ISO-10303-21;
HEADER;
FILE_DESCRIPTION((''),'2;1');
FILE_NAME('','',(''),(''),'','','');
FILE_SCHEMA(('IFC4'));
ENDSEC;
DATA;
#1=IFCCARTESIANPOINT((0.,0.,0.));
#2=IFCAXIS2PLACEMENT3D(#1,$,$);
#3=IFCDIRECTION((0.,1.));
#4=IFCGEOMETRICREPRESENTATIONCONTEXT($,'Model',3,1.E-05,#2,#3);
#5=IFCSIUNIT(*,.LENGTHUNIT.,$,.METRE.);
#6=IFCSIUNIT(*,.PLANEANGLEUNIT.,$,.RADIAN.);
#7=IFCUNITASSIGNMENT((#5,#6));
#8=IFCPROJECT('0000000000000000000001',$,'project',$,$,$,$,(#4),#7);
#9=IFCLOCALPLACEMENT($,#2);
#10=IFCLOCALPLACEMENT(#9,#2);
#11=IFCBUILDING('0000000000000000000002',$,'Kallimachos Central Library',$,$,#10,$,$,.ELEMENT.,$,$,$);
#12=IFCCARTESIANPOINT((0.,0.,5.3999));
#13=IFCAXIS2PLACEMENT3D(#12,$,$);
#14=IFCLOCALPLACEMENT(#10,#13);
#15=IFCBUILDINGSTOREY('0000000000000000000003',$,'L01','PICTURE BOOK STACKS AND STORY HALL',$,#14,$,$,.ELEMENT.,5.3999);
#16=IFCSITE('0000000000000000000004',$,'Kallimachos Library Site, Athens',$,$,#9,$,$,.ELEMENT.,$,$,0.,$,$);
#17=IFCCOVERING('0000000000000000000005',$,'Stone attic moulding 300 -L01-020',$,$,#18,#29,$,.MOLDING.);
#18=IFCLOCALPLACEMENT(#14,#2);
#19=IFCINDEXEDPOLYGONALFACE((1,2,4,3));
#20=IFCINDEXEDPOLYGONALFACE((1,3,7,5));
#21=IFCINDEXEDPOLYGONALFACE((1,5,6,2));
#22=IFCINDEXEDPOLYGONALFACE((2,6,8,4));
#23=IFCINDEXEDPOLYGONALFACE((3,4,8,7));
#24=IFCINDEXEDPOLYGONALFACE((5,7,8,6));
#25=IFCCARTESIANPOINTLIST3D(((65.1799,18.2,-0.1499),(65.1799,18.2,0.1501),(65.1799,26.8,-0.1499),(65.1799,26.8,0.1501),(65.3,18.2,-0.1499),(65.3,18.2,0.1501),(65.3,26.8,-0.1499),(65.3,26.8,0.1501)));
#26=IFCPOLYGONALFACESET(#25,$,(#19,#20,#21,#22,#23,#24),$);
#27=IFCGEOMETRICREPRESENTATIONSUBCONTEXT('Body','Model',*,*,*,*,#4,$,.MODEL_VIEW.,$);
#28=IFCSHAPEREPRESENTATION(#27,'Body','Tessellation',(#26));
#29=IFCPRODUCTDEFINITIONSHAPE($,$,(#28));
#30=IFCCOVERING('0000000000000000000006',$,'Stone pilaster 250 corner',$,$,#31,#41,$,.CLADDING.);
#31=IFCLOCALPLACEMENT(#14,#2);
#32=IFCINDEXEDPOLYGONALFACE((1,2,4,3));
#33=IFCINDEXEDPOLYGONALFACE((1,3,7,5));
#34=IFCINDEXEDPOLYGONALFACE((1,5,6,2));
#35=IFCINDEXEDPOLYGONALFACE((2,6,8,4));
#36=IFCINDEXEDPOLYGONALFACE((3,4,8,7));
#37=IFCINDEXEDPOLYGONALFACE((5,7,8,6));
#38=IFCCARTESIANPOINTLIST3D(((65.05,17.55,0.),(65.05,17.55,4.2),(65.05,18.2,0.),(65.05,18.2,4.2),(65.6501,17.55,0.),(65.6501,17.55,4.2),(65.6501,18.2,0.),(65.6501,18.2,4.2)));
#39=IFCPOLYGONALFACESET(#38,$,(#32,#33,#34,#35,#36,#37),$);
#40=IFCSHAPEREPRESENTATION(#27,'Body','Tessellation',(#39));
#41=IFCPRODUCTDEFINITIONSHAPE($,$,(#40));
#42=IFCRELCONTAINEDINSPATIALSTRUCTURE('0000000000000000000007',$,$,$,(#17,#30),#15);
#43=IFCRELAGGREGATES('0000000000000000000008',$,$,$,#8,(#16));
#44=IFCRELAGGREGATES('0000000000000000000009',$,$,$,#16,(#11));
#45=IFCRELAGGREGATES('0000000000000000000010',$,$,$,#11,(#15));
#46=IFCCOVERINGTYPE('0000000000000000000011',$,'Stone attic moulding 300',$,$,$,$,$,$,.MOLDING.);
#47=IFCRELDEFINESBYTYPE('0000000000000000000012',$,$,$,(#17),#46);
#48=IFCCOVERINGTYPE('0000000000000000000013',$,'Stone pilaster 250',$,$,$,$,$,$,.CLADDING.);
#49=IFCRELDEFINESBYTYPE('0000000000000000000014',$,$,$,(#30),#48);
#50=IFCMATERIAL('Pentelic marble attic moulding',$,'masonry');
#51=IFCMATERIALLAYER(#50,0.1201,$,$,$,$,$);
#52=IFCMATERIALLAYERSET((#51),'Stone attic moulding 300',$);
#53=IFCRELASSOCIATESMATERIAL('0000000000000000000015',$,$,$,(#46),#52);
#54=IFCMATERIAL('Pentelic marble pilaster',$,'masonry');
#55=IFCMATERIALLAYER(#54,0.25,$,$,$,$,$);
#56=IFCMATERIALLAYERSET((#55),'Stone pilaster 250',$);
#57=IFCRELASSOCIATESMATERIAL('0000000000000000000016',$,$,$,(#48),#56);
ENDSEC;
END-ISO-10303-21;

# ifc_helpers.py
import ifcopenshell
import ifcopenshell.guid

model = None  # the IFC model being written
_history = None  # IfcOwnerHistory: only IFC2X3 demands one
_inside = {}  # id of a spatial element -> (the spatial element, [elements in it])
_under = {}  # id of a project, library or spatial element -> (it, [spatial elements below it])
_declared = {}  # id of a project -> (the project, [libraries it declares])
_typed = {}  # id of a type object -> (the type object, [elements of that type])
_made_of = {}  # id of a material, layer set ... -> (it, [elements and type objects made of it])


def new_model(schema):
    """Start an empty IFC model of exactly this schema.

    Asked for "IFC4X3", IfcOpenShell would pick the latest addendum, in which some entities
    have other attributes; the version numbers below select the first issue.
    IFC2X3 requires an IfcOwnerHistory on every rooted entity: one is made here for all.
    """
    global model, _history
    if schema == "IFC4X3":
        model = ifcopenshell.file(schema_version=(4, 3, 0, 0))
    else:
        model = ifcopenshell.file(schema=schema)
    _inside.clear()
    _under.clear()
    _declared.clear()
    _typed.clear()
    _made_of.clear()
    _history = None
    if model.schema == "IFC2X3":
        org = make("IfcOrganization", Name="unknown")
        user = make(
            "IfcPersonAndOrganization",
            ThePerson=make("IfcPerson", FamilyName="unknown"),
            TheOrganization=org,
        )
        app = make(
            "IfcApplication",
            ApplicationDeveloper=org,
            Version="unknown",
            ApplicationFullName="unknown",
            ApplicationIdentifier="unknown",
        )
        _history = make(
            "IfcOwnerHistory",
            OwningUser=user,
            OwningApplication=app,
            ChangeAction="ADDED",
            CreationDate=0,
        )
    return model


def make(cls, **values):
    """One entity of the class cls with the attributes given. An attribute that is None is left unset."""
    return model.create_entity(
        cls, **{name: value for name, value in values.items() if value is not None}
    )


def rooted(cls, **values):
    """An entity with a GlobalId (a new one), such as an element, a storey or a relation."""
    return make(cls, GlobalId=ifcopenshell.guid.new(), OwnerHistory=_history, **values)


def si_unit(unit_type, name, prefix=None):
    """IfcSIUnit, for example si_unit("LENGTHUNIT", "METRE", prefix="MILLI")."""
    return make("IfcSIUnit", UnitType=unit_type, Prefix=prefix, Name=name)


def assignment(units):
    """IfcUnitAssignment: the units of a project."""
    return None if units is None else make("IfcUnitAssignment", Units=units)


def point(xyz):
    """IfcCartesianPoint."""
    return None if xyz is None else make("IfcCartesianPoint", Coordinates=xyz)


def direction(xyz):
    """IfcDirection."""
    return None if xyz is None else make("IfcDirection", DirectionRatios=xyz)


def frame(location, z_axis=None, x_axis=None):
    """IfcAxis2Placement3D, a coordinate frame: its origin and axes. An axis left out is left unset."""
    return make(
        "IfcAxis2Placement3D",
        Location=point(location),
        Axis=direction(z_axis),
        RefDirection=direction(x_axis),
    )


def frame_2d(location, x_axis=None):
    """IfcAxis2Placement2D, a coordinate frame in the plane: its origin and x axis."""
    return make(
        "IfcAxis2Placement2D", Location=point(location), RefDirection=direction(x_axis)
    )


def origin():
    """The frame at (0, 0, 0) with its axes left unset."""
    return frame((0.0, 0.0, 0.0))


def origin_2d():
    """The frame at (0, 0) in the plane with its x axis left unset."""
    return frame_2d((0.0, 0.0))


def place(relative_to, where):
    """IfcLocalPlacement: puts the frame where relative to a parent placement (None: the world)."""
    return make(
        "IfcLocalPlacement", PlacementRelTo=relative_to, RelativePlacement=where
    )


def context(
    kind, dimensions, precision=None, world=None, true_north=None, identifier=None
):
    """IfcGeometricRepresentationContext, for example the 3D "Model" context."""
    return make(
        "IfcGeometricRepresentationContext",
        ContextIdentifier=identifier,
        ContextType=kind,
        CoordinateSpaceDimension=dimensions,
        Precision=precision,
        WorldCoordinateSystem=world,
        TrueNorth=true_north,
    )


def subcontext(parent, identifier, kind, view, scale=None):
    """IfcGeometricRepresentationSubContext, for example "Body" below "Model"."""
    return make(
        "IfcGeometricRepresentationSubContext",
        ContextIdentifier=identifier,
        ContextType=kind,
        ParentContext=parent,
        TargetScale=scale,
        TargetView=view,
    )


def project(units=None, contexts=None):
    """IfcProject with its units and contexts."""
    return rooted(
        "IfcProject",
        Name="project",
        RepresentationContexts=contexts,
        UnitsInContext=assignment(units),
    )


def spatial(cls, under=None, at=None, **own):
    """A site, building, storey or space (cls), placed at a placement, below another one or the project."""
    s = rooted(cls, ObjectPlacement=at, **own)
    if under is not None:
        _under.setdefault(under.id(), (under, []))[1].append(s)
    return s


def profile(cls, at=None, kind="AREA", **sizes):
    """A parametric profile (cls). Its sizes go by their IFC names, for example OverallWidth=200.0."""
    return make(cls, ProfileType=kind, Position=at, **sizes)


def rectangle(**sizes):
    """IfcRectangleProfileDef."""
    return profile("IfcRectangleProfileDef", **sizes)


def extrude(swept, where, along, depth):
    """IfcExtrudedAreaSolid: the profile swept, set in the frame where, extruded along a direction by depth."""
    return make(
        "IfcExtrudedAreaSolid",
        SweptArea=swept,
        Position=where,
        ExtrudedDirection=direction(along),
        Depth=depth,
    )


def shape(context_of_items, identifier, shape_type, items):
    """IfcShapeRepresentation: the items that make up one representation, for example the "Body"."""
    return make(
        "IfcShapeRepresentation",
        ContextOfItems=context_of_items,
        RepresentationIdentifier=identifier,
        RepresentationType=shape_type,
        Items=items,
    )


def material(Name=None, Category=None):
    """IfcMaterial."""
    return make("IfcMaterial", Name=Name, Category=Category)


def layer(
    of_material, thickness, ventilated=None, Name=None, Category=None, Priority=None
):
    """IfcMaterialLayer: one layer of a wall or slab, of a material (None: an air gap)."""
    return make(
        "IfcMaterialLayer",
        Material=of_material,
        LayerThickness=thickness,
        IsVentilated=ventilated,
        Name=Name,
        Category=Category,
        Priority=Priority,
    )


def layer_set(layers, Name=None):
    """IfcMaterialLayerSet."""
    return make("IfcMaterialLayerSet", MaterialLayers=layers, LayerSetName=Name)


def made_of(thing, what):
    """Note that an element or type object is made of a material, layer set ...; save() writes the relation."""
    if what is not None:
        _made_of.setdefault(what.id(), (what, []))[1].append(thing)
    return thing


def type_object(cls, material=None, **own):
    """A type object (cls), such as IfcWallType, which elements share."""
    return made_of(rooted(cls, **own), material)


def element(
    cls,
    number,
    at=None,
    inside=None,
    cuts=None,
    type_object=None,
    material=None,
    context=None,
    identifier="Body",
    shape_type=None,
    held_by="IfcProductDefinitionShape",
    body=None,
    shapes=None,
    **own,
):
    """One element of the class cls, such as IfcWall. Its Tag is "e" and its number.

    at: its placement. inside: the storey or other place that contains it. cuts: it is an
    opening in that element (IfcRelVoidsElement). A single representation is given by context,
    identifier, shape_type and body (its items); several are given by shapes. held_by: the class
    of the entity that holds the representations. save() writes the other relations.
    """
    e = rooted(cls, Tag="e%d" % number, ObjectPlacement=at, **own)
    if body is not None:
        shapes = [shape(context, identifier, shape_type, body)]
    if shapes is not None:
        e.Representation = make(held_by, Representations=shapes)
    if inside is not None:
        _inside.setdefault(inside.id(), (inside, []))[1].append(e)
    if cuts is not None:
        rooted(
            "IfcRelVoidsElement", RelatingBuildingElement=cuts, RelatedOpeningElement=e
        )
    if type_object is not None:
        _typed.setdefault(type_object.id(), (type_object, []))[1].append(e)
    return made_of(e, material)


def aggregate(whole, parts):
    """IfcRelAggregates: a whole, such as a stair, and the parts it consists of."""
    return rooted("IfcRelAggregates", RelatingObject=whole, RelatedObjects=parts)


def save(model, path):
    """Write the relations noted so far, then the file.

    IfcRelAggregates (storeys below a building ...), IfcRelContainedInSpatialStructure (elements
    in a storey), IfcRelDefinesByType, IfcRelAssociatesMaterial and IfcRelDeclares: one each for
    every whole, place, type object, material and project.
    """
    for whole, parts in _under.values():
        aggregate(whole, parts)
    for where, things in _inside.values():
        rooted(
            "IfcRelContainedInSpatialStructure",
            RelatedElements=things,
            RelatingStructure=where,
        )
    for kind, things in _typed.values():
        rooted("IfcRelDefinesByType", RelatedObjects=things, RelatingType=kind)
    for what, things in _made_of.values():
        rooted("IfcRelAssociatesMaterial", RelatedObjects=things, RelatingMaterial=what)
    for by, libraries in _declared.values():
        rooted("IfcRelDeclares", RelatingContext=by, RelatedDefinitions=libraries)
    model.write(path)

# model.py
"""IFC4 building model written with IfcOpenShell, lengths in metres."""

from ifc_helpers import new_model, si_unit, direction, frame, origin, origin_2d, place, context, subcontext, project, spatial, rectangle, extrude, material, layer, layer_set, type_object, element, save


model = new_model("IFC4")

# Units and contexts
model_context = context("Model", 3, precision=1e-05, world=origin(), true_north=direction((0.0, 1.0)))
body_context = subcontext(model_context, "Body", "Model", "MODEL_VIEW")
ifc_project = project(units=[si_unit("LENGTHUNIT", "METRE"), si_unit("PLANEANGLEUNIT", "RADIAN")], contexts=[model_context])

# Site, building, storey
site_placement = place(None, origin())
site = spatial("IfcSite", under=ifc_project, at=site_placement, Name="Kallimachos Library Site, Athens", CompositionType="ELEMENT", RefElevation=0.0)
building_placement = place(site_placement, origin())
building = spatial("IfcBuilding", under=site, at=building_placement, Name="Kallimachos Central Library", CompositionType="ELEMENT")
storey_placement = place(building_placement, frame((0.0, 0.0, 5.3999)))
storey = spatial("IfcBuildingStorey", under=building, at=storey_placement, Name="L01", Description="PICTURE BOOK STACKS AND STORY HALL", CompositionType="ELEMENT", Elevation=5.3999)

# Coverings
ifc_material_1 = material(Name="Pentelic marble attic moulding", Category="masonry")
ifc_layer_1 = layer(ifc_material_1, 0.1201)
ifc_layer_set_1 = layer_set([ifc_layer_1], Name="Stone attic moulding 300")
covering_type_1 = type_object("IfcCoveringType", Name="Stone attic moulding 300", PredefinedType="MOLDING", material=ifc_layer_set_1)
covering_1_placement = place(storey_placement, frame((65.24, 22.5, -0.1499), z_axis=(0.0, 0.0, 1.0), x_axis=(1.0, 0.0, 0.0)))
element("IfcCovering", 1, at=covering_1_placement, inside=storey, type_object=covering_type_1, Name="Stone attic moulding 300 -L01-020", PredefinedType="MOLDING", context=body_context, shape_type="SweptSolid", body=[
    extrude(rectangle(XDim=0.1201, YDim=8.6001, at=origin_2d()), origin(), (0.0, 0.0, 1.0), 0.3),
])
ifc_material_2 = material(Name="Pentelic marble pilaster", Category="masonry")
ifc_layer_2 = layer(ifc_material_2, 0.25)
ifc_layer_set_2 = layer_set([ifc_layer_2], Name="Stone pilaster 250")
covering_type_2 = type_object("IfcCoveringType", Name="Stone pilaster 250", PredefinedType="CLADDING", material=ifc_layer_set_2)
covering_2_placement = place(storey_placement, frame((65.3501, 17.875, 0.0), z_axis=(0.0, 0.0, 1.0), x_axis=(1.0, 0.0, 0.0)))
element("IfcCovering", 2, at=covering_2_placement, inside=storey, type_object=covering_type_2, Name="Stone pilaster 250 corner", PredefinedType="CLADDING", context=body_context, shape_type="SweptSolid", body=[
    extrude(rectangle(XDim=0.6001, YDim=0.6499, at=origin_2d()), origin(), (0.0, 0.0, 1.0), 4.2),
])

save(model, "model.ifc")
